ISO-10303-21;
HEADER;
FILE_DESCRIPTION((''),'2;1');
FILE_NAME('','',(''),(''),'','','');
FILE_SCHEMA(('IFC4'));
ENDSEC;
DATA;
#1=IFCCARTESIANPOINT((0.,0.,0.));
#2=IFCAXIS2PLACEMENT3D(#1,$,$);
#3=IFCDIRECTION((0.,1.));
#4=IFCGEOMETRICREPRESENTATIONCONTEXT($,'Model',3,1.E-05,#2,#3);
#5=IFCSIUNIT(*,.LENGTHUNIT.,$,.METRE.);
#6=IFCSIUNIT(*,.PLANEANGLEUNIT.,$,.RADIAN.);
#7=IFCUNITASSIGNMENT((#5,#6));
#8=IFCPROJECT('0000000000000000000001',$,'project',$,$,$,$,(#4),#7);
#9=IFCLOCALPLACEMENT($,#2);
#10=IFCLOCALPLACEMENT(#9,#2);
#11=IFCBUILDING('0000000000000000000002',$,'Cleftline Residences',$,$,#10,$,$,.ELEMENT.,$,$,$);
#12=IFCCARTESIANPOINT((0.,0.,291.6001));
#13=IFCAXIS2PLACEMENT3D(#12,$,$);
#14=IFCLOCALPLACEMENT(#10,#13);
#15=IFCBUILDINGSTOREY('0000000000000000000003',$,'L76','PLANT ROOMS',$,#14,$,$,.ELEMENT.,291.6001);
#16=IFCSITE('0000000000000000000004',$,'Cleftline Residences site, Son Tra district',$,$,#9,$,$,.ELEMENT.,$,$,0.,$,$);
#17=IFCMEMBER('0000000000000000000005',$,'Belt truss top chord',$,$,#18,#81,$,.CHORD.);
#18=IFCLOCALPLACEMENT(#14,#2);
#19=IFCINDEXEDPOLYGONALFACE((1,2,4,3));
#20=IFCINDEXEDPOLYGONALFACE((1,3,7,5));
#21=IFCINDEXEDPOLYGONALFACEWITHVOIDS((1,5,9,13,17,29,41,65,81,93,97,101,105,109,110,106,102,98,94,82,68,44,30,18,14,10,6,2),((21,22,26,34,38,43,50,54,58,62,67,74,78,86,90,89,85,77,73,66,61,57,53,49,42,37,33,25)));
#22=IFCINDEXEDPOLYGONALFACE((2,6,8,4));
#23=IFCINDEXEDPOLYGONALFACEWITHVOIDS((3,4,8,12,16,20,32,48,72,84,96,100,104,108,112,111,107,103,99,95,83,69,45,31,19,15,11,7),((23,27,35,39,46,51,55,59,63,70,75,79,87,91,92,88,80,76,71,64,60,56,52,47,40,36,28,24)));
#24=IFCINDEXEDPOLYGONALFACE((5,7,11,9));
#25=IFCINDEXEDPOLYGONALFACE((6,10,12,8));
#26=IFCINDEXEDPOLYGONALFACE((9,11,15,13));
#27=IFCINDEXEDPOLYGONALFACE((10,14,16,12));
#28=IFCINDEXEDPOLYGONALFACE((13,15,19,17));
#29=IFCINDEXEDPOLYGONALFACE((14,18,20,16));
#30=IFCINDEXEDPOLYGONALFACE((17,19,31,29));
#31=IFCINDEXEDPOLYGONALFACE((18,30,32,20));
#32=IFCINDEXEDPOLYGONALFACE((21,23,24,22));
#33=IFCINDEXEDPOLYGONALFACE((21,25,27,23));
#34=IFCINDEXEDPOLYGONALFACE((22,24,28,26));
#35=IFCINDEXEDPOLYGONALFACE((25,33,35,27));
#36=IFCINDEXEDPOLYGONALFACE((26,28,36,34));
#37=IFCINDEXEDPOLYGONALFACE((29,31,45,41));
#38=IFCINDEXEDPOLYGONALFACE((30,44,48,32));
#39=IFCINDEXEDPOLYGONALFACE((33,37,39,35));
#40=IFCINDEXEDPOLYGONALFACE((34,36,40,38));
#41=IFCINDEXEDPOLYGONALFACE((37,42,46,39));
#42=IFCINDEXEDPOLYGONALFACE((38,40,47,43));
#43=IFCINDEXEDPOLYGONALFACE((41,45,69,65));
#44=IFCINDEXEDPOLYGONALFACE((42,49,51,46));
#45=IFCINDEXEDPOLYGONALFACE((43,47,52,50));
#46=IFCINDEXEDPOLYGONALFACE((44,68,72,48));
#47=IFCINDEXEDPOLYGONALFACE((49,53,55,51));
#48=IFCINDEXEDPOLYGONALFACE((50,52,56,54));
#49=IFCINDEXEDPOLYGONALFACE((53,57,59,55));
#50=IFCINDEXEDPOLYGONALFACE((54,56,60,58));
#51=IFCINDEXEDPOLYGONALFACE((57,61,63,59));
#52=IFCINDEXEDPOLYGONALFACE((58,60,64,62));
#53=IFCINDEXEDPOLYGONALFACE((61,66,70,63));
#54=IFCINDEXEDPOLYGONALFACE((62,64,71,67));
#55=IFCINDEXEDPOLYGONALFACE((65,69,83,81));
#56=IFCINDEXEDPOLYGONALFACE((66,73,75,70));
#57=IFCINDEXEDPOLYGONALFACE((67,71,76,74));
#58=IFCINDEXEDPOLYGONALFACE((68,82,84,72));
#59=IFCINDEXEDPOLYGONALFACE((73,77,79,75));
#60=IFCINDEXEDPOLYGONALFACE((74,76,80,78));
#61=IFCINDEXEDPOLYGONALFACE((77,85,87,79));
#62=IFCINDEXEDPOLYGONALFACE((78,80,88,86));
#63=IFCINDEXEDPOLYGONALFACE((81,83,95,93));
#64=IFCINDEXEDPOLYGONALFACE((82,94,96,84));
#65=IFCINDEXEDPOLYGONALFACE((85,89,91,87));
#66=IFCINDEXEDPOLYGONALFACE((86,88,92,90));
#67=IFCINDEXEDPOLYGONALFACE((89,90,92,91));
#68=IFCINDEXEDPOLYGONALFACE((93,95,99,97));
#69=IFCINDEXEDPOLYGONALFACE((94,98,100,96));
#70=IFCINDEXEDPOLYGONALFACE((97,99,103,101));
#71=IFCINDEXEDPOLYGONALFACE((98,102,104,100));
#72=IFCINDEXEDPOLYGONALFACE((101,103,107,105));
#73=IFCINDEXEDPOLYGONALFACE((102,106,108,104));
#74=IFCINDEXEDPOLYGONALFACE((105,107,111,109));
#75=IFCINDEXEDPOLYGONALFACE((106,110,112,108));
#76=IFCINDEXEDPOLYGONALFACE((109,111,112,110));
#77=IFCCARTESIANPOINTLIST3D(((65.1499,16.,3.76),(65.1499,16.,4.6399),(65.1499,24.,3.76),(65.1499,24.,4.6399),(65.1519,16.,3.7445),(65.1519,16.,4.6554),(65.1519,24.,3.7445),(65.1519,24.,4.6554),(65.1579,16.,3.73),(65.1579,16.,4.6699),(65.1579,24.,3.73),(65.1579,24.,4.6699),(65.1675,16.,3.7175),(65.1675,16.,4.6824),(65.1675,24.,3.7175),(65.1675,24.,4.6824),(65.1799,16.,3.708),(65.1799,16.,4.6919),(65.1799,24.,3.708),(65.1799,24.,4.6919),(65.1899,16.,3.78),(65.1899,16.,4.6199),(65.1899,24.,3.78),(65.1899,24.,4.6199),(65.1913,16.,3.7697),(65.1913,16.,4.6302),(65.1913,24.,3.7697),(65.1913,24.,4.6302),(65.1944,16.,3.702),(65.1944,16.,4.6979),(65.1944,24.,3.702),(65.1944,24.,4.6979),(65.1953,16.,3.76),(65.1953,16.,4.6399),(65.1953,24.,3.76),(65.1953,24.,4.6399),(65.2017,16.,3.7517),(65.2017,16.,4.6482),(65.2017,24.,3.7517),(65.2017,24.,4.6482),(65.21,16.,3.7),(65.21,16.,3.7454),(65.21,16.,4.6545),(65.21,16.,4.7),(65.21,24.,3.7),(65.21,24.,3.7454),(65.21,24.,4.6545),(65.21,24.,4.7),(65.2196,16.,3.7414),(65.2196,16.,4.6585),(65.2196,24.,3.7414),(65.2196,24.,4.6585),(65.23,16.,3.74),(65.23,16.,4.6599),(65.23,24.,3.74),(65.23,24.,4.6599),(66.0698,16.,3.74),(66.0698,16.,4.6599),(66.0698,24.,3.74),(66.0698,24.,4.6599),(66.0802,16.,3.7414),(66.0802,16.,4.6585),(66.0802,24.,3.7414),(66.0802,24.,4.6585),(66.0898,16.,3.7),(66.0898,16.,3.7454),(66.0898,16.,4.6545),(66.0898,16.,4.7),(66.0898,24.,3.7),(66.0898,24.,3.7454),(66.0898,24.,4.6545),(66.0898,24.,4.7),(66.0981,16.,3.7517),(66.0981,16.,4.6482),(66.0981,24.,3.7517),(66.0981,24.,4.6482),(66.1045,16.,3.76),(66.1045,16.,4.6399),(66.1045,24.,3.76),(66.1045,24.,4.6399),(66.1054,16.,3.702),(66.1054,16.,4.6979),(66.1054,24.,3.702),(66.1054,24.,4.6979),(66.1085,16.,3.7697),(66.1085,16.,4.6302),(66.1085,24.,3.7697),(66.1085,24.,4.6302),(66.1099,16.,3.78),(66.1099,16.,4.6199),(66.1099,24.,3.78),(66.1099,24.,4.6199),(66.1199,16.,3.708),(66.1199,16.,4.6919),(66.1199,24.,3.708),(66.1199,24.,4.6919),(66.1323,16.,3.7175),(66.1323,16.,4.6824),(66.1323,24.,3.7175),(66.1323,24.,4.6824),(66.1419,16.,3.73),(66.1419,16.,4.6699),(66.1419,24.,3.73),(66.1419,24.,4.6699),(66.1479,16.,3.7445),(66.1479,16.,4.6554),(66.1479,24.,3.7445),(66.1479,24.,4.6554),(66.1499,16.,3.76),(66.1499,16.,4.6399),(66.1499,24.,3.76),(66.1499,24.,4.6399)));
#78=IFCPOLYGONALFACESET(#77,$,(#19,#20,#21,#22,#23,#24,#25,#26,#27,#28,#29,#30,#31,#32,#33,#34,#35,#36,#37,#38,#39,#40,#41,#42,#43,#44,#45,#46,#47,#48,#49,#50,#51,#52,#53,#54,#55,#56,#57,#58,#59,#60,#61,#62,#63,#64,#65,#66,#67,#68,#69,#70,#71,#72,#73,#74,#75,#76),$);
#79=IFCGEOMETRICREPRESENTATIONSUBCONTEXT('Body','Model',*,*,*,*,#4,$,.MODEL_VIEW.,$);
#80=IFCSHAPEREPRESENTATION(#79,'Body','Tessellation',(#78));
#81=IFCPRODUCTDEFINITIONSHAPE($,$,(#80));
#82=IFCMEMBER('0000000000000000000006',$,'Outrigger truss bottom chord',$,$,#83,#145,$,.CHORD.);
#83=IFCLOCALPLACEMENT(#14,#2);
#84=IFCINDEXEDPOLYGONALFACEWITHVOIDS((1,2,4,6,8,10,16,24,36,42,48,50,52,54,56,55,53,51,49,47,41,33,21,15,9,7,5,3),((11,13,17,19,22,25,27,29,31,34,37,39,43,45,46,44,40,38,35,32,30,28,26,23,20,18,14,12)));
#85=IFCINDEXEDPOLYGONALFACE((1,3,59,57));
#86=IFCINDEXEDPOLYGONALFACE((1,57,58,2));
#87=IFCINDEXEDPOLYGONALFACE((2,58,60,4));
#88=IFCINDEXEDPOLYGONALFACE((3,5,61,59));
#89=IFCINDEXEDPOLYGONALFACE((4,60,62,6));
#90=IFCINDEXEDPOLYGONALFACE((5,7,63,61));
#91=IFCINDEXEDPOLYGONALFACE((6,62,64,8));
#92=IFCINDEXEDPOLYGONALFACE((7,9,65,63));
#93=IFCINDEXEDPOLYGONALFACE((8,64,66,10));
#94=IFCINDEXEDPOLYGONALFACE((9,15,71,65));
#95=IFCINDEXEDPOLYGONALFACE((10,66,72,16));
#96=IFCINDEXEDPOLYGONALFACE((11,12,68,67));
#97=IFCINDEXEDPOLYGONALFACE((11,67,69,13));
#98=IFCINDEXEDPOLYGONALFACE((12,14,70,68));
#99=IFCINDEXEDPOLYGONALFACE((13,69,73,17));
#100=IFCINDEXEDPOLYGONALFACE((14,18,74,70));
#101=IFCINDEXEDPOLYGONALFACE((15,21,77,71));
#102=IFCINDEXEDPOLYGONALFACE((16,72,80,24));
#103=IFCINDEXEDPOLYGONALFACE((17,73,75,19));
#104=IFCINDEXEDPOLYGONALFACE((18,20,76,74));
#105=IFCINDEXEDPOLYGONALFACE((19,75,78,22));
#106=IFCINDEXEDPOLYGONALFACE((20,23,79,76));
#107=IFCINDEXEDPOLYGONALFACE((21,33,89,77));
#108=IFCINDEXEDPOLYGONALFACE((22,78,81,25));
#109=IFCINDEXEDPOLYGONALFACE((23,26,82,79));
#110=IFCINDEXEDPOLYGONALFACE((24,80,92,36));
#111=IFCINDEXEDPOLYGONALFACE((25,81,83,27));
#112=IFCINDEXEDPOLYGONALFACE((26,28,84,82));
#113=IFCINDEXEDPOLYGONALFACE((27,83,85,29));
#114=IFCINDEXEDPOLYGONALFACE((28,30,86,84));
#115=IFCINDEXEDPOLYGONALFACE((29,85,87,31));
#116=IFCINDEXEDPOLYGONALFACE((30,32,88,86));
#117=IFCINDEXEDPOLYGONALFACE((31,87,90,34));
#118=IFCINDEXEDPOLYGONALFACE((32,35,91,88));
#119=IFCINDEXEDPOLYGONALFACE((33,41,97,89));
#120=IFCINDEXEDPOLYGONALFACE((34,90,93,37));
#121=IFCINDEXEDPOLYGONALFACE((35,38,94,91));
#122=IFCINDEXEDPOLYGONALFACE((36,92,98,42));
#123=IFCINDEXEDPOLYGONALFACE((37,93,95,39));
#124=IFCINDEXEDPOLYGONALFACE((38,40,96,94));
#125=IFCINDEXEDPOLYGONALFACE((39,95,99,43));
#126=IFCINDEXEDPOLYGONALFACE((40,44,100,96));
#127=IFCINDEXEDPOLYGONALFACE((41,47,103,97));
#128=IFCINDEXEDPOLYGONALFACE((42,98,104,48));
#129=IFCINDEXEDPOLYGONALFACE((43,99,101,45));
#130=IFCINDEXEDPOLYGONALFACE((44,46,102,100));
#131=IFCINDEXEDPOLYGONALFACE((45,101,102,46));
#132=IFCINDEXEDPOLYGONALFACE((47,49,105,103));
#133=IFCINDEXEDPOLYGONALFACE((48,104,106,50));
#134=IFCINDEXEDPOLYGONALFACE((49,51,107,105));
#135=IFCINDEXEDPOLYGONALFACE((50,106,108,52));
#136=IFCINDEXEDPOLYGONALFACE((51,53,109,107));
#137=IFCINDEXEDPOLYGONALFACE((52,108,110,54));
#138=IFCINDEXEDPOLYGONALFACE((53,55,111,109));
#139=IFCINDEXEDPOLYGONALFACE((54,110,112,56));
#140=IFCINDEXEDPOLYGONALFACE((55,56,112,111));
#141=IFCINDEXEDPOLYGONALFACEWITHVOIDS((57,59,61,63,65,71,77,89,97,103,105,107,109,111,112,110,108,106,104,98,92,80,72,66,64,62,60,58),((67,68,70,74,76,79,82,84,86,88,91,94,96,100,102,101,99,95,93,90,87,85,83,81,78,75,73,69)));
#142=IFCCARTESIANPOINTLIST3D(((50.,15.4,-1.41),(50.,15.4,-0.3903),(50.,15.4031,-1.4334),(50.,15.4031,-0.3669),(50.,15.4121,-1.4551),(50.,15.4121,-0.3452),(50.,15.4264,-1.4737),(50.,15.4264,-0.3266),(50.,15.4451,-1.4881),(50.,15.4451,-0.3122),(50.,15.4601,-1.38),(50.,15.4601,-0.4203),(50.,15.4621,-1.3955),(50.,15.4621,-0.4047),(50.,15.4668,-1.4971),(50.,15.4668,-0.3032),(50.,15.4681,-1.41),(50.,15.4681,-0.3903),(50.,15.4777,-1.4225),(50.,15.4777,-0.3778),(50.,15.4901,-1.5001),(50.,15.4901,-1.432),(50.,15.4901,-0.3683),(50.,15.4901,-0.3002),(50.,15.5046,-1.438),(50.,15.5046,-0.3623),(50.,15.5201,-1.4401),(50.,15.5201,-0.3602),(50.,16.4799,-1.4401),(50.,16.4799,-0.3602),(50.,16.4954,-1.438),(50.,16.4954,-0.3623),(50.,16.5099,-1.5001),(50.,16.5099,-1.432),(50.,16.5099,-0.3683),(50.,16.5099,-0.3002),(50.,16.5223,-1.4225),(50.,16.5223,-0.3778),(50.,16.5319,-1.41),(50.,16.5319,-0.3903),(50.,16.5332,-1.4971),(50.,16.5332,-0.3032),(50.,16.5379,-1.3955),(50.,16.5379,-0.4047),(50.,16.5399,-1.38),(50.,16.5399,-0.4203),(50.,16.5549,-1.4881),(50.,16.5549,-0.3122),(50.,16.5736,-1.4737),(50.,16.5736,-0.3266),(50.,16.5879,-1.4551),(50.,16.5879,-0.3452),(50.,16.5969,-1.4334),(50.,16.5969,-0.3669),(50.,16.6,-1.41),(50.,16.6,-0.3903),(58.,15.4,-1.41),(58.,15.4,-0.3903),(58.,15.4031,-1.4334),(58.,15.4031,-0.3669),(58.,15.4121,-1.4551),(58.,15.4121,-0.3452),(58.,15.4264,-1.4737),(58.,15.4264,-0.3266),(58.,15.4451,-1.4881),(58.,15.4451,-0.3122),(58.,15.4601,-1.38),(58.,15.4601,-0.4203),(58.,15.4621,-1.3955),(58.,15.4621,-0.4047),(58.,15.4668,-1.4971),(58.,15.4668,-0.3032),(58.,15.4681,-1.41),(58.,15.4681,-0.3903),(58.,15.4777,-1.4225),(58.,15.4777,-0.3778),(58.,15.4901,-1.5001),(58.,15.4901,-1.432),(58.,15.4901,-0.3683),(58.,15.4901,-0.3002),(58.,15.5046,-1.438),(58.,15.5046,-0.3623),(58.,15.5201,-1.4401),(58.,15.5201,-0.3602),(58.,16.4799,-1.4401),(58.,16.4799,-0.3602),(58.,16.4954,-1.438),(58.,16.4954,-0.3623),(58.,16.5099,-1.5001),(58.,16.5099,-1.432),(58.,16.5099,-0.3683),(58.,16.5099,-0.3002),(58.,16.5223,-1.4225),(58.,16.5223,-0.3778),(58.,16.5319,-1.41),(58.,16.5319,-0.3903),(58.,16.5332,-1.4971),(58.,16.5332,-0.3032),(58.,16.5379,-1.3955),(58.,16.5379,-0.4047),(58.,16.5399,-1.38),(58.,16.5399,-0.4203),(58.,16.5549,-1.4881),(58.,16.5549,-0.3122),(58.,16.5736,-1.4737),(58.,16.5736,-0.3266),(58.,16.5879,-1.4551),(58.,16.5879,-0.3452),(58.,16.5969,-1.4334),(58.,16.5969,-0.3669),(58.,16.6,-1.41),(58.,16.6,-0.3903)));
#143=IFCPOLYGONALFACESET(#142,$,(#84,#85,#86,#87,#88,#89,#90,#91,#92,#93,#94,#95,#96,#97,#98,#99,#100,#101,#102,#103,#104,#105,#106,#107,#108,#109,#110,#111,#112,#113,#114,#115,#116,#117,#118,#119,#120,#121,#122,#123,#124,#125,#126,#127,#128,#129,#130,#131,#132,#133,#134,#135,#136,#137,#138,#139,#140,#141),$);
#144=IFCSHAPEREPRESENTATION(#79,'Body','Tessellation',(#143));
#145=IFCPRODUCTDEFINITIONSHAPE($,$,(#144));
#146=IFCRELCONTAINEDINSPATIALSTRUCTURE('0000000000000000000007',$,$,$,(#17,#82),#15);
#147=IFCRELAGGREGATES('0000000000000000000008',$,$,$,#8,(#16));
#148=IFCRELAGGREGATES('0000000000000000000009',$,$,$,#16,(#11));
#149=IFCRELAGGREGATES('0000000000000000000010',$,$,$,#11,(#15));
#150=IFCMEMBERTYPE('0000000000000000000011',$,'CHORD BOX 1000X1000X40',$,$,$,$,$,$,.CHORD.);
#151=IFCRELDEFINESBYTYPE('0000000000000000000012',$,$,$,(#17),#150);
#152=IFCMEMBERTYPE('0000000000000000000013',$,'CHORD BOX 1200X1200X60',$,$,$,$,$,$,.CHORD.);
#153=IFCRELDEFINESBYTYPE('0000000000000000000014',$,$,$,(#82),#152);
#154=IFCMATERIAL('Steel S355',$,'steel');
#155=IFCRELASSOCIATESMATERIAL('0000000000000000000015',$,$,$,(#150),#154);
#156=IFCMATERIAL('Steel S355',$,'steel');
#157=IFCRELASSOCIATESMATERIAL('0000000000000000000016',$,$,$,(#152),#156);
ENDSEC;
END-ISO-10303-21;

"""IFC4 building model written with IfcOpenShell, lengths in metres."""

from ifc_helpers import new_model, si_unit, direction, frame, origin, origin_2d, place, context, subcontext, project, spatial, hollow_rectangle, extrude, material, material_profile, profile_set, type_object, element, save


model = new_model("IFC4")

# Units and contexts
model_context = context("Model", 3, precision=1e-05, world=origin(), true_north=direction((0.0, 1.0)))
body_context = subcontext(model_context, "Body", "Model", "MODEL_VIEW")
ifc_project = project(units=[si_unit("LENGTHUNIT", "METRE"), si_unit("PLANEANGLEUNIT", "RADIAN")], contexts=[model_context])

# Site, building, storey
site_placement = place(None, origin())
site = spatial("IfcSite", under=ifc_project, at=site_placement, Name="Cleftline Residences site, Son Tra district", CompositionType="ELEMENT", RefElevation=0.0)
building_placement = place(site_placement, origin())
building = spatial("IfcBuilding", under=site, at=building_placement, Name="Cleftline Residences", CompositionType="ELEMENT")
storey_placement = place(building_placement, frame((0.0, 0.0, 291.6001)))
storey = spatial("IfcBuildingStorey", under=building, at=storey_placement, Name="L76", Description="PLANT ROOMS", CompositionType="ELEMENT", Elevation=291.6001)

# Members
ifc_material_1 = material(Name="Steel S355", Category="steel")
ifc_material_profile_1 = material_profile(ifc_material_1, hollow_rectangle(XDim=1.0, YDim=1.0, WallThickness=0.04, InnerFilletRadius=0.04, OuterFilletRadius=0.0601, at=origin_2d()))
ifc_profile_set_1 = profile_set([ifc_material_profile_1], Name="Steel S355")
member_type_1 = type_object("IfcMemberType", Name="CHORD BOX 1000X1000X40", PredefinedType="CHORD", material=ifc_profile_set_1)
for number, where, z_axis, x_axis, name in (
    (1, (65.6499, 16.0, 4.2), (0.0, 1.0, 0.0), (-1.0, 0.0, 0.0), "Belt truss top chord"),
):
    element("IfcMember", number, at=place(storey_placement, frame(where, z_axis=z_axis, x_axis=x_axis)), inside=storey, type_object=member_type_1, Name=name, PredefinedType="CHORD", context=body_context, shape_type="SweptSolid", body=[
        extrude(hollow_rectangle(XDim=1.0, YDim=1.0, WallThickness=0.04, InnerFilletRadius=0.04, OuterFilletRadius=0.0601, at=origin_2d()), origin(), (0.0, 0.0, 1.0), 8.0),
    ])
ifc_material_2 = material(Name="Steel S355", Category="steel")
ifc_material_profile_2 = material_profile(ifc_material_2, hollow_rectangle(XDim=1.2, YDim=1.2, WallThickness=0.0601, InnerFilletRadius=0.0601, OuterFilletRadius=0.0901, at=origin_2d()))
ifc_profile_set_2 = profile_set([ifc_material_profile_2], Name="Steel S355")
member_type_2 = type_object("IfcMemberType", Name="CHORD BOX 1200X1200X60", PredefinedType="CHORD", material=ifc_profile_set_2)
for number, where, z_axis, x_axis, name in (
    (2, (50.0, 16.0, -0.9001), (1.0, 0.0, 0.0), (0.0, 1.0, 0.0), "Outrigger truss bottom chord"),
):
    element("IfcMember", number, at=place(storey_placement, frame(where, z_axis=z_axis, x_axis=x_axis)), inside=storey, type_object=member_type_2, Name=name, PredefinedType="CHORD", context=body_context, shape_type="SweptSolid", body=[
        extrude(hollow_rectangle(XDim=1.2, YDim=1.2, WallThickness=0.0601, InnerFilletRadius=0.0601, OuterFilletRadius=0.0901, at=origin_2d()), origin(), (0.0, 0.0, 1.0), 8.0),
    ])

save(model, "model.ifc")
